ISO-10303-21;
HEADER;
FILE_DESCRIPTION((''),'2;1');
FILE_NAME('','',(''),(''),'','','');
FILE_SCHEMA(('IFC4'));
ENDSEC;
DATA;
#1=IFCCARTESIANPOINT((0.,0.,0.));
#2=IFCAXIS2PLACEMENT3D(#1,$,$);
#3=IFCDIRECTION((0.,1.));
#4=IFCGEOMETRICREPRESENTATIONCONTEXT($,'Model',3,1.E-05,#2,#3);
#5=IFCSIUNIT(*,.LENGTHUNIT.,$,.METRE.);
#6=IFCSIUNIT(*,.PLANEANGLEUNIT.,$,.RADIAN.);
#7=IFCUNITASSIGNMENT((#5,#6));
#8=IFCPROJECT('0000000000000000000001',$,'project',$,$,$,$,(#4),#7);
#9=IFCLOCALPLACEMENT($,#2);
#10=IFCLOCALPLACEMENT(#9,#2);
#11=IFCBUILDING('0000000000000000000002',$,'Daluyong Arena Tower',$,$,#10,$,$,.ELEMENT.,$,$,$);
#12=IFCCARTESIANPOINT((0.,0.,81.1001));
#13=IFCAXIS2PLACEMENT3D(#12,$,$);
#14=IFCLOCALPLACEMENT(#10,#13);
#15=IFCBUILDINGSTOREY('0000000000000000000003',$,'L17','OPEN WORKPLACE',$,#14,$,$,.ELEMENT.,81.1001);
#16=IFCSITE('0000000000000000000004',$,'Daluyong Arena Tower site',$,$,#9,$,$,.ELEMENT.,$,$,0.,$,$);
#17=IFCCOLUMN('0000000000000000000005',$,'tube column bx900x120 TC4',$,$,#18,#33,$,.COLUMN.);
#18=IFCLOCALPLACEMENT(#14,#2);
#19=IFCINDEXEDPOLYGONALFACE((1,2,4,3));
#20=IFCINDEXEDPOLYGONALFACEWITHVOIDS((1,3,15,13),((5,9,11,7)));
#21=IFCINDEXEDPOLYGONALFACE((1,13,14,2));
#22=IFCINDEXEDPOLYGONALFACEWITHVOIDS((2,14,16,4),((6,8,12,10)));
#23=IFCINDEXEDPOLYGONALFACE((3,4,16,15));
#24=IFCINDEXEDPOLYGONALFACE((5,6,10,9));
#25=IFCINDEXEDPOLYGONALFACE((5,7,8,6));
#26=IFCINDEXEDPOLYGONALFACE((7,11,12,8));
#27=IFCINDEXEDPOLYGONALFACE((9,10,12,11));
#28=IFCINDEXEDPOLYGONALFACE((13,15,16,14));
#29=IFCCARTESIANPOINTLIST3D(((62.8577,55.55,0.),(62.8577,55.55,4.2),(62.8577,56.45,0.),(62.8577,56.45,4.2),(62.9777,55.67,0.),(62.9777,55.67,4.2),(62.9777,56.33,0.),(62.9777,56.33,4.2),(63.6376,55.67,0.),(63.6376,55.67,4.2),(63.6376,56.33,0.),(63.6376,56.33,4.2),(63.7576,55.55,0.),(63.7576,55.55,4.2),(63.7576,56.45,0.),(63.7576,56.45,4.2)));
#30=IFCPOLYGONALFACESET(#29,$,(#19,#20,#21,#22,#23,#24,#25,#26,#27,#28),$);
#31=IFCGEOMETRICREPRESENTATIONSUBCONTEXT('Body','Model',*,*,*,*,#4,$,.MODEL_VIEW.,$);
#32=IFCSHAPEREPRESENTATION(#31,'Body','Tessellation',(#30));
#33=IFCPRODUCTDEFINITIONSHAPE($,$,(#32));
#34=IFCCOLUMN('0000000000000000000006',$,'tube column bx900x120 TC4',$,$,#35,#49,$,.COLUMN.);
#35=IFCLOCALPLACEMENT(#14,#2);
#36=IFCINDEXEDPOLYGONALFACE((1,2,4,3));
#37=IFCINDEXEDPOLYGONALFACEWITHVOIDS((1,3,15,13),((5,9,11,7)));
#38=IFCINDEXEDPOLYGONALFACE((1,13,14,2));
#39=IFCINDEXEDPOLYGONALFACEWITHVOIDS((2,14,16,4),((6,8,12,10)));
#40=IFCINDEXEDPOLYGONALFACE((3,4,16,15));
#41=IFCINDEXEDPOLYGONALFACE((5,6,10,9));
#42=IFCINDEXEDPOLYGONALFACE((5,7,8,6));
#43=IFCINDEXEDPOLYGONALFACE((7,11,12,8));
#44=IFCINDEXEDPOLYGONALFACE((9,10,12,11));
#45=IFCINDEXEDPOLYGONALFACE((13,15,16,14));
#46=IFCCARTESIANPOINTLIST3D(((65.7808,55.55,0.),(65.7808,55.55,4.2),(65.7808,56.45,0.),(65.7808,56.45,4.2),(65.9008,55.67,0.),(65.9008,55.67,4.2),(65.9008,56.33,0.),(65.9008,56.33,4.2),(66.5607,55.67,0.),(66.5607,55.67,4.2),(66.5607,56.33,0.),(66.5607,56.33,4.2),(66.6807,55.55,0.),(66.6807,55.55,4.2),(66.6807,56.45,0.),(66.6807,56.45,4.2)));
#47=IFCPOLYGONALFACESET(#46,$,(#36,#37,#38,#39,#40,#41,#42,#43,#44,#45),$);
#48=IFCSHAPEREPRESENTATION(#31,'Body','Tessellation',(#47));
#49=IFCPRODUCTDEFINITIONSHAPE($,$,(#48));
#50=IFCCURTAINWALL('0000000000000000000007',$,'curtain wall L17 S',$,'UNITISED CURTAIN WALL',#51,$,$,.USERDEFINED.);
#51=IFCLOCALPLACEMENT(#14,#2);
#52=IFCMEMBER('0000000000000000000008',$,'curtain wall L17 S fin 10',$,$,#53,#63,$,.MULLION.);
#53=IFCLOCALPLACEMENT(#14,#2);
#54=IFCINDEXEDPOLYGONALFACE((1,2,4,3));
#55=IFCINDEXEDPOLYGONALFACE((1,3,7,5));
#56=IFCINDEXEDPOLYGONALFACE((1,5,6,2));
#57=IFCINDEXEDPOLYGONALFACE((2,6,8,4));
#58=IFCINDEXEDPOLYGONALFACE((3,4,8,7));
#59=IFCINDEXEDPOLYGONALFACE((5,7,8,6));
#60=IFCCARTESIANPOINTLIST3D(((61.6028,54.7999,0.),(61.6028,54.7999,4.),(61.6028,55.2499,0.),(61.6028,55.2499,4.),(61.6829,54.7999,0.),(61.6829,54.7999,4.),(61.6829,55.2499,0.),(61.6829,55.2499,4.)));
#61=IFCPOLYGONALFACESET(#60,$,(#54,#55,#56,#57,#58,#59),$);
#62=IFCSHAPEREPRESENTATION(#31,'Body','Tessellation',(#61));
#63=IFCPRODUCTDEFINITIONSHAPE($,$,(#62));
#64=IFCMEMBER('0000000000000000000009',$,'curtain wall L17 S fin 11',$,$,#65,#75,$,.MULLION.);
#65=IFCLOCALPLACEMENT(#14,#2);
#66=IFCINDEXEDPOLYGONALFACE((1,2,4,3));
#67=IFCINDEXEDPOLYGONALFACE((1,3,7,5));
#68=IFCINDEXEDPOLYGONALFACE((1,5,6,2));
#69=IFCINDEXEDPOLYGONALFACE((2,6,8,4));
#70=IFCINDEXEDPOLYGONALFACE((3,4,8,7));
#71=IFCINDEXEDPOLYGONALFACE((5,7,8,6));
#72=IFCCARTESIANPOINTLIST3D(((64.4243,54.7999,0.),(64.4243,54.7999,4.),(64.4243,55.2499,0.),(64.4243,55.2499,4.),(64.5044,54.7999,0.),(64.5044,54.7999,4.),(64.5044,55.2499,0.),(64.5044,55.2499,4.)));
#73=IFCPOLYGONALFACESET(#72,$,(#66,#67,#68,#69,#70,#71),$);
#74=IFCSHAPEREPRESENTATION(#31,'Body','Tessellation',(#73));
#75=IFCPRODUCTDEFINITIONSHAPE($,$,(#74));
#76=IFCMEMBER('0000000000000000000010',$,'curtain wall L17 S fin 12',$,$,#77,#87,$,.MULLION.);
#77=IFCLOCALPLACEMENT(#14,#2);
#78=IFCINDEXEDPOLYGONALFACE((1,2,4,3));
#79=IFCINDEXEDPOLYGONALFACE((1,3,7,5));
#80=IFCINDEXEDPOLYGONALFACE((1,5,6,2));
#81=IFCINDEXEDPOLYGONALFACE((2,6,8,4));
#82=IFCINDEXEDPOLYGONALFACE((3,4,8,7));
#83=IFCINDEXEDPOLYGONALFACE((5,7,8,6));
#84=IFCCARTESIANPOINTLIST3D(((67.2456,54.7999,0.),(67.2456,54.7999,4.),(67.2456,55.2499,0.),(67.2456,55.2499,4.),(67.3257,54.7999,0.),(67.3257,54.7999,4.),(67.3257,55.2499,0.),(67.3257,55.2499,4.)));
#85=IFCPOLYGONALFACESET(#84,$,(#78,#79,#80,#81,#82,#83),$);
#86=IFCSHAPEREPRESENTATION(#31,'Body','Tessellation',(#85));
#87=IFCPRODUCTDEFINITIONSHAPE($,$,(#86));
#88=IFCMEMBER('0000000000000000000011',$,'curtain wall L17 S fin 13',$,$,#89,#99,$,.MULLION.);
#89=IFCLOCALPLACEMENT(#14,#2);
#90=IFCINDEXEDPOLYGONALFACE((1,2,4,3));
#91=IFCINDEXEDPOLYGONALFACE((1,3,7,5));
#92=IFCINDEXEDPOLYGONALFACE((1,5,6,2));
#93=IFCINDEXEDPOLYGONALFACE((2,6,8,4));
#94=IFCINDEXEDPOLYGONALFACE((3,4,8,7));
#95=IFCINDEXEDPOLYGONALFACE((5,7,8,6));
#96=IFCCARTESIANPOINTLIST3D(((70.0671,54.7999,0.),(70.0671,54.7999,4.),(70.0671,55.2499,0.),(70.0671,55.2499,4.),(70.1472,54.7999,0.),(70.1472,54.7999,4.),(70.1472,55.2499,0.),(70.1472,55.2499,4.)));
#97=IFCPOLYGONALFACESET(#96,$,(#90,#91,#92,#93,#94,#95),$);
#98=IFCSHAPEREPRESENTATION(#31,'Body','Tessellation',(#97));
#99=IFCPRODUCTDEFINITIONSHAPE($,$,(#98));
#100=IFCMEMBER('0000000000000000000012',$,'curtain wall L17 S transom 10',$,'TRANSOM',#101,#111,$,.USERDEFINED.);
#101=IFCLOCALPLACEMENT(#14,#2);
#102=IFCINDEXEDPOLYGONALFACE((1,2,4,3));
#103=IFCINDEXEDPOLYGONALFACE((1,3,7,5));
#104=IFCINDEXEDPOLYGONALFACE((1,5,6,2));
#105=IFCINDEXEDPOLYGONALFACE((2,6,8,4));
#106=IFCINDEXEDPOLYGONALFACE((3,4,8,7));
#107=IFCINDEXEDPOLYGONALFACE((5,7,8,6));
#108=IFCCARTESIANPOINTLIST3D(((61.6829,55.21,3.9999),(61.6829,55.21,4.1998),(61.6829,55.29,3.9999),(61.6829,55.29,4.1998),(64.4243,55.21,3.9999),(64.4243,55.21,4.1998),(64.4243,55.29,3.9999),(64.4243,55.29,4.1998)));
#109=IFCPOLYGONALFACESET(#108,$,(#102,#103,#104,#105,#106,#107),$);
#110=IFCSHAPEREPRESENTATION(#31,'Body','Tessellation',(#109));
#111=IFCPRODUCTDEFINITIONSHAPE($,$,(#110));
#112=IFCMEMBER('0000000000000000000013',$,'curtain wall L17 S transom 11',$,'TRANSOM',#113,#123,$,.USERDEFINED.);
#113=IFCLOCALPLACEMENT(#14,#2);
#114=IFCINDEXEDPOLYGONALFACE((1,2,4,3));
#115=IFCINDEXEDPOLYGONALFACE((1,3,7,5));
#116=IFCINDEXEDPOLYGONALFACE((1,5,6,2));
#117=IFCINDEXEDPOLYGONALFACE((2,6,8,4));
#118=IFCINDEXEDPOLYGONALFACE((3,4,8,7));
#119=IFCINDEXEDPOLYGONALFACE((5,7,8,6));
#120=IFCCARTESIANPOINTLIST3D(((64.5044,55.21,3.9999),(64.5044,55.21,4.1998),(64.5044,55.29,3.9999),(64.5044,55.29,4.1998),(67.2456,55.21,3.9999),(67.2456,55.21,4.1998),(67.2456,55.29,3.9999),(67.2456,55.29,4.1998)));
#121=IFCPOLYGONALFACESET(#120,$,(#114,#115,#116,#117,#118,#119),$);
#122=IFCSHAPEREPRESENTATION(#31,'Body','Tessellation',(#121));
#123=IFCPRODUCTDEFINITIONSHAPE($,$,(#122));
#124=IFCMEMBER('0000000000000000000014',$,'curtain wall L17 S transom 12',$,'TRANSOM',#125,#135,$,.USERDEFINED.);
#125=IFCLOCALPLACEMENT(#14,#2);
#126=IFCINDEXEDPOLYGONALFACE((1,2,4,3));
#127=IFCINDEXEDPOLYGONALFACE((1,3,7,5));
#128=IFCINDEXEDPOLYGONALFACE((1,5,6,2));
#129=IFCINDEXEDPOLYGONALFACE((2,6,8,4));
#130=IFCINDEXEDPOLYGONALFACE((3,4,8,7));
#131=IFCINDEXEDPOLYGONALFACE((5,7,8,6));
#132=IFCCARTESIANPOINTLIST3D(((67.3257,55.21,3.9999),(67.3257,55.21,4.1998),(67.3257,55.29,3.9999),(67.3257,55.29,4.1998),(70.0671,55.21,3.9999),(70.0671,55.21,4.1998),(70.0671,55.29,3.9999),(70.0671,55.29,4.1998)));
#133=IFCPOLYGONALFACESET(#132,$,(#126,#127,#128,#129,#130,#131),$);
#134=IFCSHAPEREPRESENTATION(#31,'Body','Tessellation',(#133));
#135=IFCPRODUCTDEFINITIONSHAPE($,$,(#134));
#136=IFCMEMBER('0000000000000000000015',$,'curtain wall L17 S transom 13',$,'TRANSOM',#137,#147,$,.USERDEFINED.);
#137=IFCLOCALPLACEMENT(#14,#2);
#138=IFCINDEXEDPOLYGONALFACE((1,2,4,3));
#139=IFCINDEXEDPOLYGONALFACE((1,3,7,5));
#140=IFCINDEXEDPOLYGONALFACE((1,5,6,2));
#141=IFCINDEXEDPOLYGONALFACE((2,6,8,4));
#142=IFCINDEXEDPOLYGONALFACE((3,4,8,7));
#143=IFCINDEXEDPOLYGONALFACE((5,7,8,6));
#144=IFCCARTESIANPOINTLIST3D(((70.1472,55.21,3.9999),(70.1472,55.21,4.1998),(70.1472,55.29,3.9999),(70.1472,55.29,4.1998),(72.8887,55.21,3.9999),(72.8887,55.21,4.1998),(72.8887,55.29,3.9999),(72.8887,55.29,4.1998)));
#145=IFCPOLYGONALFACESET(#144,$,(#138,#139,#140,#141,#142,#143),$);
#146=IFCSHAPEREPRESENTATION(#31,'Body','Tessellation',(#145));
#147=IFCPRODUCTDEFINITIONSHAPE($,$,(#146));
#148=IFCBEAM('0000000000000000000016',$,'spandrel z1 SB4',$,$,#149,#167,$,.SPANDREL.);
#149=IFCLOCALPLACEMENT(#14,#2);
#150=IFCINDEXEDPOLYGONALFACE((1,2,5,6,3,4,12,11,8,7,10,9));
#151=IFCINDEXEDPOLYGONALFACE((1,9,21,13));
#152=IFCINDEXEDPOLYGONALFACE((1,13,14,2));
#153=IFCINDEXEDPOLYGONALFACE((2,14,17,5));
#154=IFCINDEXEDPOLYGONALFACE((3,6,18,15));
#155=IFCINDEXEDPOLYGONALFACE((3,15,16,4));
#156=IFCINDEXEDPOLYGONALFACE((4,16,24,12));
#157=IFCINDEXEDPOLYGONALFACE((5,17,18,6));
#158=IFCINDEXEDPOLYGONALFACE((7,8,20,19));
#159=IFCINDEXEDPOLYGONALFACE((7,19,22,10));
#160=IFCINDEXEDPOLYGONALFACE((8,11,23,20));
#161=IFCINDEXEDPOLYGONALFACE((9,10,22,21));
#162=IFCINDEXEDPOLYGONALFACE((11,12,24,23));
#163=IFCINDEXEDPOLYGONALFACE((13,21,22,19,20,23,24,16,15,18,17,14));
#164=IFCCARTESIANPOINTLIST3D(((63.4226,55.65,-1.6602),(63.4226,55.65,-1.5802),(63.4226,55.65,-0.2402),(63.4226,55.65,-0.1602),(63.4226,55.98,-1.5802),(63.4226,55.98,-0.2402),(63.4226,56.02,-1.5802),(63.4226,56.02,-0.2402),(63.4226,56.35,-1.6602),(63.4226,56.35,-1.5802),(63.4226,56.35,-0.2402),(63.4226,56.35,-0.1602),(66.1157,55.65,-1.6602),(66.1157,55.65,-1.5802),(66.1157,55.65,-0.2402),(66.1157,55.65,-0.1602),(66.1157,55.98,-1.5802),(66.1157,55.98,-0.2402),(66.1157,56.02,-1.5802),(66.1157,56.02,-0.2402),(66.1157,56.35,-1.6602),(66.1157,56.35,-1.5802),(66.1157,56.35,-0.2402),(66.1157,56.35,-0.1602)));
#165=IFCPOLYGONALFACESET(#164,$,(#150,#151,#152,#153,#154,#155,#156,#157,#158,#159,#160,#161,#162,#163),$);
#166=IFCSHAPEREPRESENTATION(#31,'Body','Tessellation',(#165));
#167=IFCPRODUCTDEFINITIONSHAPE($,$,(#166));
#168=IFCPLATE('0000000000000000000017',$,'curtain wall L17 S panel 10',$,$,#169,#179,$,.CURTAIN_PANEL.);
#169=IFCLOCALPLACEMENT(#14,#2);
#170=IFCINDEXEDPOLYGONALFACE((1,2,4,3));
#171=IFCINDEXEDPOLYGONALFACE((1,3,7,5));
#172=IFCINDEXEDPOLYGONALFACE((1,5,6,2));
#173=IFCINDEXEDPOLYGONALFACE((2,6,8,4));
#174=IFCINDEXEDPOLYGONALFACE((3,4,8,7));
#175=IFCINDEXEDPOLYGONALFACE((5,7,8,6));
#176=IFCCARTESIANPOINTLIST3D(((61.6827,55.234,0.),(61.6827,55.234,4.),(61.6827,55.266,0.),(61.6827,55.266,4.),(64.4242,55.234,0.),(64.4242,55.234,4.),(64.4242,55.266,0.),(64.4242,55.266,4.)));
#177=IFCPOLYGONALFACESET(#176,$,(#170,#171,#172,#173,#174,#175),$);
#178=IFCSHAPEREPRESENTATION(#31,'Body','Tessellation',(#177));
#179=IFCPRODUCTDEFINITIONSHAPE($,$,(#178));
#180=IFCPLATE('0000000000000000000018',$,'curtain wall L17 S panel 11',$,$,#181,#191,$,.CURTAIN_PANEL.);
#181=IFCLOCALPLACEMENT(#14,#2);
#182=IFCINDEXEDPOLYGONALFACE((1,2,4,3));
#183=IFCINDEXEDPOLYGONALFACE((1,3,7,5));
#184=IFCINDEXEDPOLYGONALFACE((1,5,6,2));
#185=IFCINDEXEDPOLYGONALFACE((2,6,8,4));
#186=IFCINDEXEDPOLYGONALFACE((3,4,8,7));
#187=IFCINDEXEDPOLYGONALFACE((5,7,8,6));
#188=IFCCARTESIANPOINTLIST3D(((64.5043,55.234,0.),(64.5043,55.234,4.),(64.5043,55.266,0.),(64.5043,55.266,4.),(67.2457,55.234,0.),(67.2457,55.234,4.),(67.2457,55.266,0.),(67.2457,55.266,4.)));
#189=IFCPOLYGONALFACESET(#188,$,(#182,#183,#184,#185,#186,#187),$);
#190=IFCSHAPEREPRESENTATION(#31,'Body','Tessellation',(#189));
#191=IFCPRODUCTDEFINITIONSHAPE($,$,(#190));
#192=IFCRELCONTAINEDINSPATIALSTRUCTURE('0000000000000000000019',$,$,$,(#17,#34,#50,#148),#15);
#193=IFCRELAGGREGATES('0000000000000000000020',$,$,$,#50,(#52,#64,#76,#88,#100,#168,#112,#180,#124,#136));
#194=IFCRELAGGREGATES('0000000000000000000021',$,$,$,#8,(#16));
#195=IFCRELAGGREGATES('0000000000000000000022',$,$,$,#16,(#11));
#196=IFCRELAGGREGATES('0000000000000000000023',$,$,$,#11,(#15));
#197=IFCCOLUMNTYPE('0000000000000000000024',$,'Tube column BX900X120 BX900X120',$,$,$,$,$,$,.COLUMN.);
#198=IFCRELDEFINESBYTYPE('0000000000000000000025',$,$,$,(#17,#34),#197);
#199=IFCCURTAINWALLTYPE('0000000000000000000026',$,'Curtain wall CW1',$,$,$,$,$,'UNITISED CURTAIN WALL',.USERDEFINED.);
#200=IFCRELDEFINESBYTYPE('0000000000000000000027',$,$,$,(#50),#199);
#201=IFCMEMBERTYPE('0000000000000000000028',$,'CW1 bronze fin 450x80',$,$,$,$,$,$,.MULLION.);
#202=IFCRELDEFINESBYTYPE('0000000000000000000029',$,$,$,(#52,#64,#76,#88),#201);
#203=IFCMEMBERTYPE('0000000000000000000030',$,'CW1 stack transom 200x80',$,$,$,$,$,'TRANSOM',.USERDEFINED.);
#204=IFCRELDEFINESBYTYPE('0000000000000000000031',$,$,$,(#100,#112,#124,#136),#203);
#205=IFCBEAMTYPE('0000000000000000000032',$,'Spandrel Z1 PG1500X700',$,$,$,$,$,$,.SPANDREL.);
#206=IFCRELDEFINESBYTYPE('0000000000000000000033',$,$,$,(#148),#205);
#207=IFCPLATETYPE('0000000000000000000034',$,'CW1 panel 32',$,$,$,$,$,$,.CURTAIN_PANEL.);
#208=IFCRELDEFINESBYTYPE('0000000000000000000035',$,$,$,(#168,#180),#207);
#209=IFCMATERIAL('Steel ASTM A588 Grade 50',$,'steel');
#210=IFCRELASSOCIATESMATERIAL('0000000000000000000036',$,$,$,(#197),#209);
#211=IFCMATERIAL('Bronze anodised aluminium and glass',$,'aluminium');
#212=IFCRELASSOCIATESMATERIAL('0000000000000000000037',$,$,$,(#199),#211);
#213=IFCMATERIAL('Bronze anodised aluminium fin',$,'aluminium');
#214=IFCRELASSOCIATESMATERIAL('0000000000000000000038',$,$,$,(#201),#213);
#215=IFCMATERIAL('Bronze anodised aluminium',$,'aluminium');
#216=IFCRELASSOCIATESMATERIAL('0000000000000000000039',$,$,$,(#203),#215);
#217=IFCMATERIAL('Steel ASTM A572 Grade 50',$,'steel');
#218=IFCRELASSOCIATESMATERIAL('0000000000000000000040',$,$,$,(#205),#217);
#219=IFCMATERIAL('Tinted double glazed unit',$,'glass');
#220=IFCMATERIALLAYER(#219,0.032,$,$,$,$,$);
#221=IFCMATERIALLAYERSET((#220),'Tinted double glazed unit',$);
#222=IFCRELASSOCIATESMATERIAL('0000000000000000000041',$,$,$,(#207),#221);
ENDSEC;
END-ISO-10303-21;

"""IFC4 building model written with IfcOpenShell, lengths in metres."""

from ifc_helpers import new_model, si_unit, direction, frame, origin, origin_2d, place, context, subcontext, project, spatial, rectangle, hollow_rectangle, i_section, extrude, material, layer, layer_set, material_profile, profile_set, type_object, element, aggregate, save


model = new_model("IFC4")

# Units and contexts
model_context = context("Model", 3, precision=1e-05, world=origin(), true_north=direction((0.0, 1.0)))
body_context = subcontext(model_context, "Body", "Model", "MODEL_VIEW")
ifc_project = project(units=[si_unit("LENGTHUNIT", "METRE"), si_unit("PLANEANGLEUNIT", "RADIAN")], contexts=[model_context])

# Site, building, storey
site_placement = place(None, origin())
site = spatial("IfcSite", under=ifc_project, at=site_placement, Name="Daluyong Arena Tower site", CompositionType="ELEMENT", RefElevation=0.0)
building_placement = place(site_placement, origin())
building = spatial("IfcBuilding", under=site, at=building_placement, Name="Daluyong Arena Tower", CompositionType="ELEMENT")
storey_placement = place(building_placement, frame((0.0, 0.0, 81.1001)))
storey = spatial("IfcBuildingStorey", under=building, at=storey_placement, Name="L17", Description="OPEN WORKPLACE", CompositionType="ELEMENT", Elevation=81.1001)

# Columns
ifc_material_1 = material(Name="Steel ASTM A588 Grade 50", Category="steel")
ifc_material_profile_1 = material_profile(ifc_material_1, hollow_rectangle(XDim=0.8999, YDim=0.8999, WallThickness=0.12, at=origin_2d()))
ifc_profile_set_1 = profile_set([ifc_material_profile_1], Name="Steel ASTM A588 Grade 50")
column_type = type_object("IfcColumnType", Name="Tube column BX900X120 BX900X120", PredefinedType="COLUMN", material=ifc_profile_set_1)
for number, where, z_axis, x_axis, name in (
    (1, (63.3076, 56.0, 0.0), (0.0, 0.0, 1.0), (1.0, 0.0, 0.0), "tube column bx900x120 TC4"),
    (2, (66.2307, 56.0, 0.0), (0.0, 0.0, 1.0), (1.0, 0.0, 0.0), "tube column bx900x120 TC4"),
):
    element("IfcColumn", number, at=place(storey_placement, frame(where, z_axis=z_axis, x_axis=x_axis)), inside=storey, type_object=column_type, Name=name, PredefinedType="COLUMN", context=body_context, shape_type="SweptSolid", body=[
        extrude(hollow_rectangle(XDim=0.8999, YDim=0.8999, WallThickness=0.12, at=origin_2d()), origin(), (0.0, 0.0, 1.0), 4.2),
    ])

# Curtain wall, members
ifc_material_2 = material(Name="Bronze anodised aluminium and glass", Category="aluminium")
curtain_wall_type = type_object("IfcCurtainWallType", Name="Curtain wall CW1", ElementType="UNITISED CURTAIN WALL", PredefinedType="USERDEFINED", material=ifc_material_2)
curtain_wall_placement = place(storey_placement, origin())
curtain_wall = element("IfcCurtainWall", 3, at=curtain_wall_placement, inside=storey, type_object=curtain_wall_type, Name="curtain wall L17 S", ObjectType="UNITISED CURTAIN WALL", PredefinedType="USERDEFINED")
ifc_material_3 = material(Name="Bronze anodised aluminium fin", Category="aluminium")
ifc_material_profile_2 = material_profile(ifc_material_3, rectangle(XDim=0.45, YDim=0.0801, at=origin_2d()))
ifc_profile_set_2 = profile_set([ifc_material_profile_2], Name="Bronze anodised aluminium fin")
member_type_1 = type_object("IfcMemberType", Name="CW1 bronze fin 450x80", PredefinedType="MULLION", material=ifc_profile_set_2)
member_1_placement = place(storey_placement, frame((61.6428, 55.0249, 0.0), z_axis=(0.0, 0.0, 1.0), x_axis=(0.0, 1.0, 0.0)))
member_1 = element("IfcMember", 4, at=member_1_placement, type_object=member_type_1, Name="curtain wall L17 S fin 10", PredefinedType="MULLION", context=body_context, shape_type="SweptSolid", body=[
    extrude(rectangle(XDim=0.45, YDim=0.0801, at=origin_2d()), origin(), (0.0, 0.0, 1.0), 4.0),
])
member_2_placement = place(storey_placement, frame((64.4644, 55.0249, 0.0), z_axis=(0.0, 0.0, 1.0), x_axis=(0.0, 1.0, 0.0)))
member_2 = element("IfcMember", 5, at=member_2_placement, type_object=member_type_1, Name="curtain wall L17 S fin 11", PredefinedType="MULLION", context=body_context, shape_type="SweptSolid", body=[
    extrude(rectangle(XDim=0.45, YDim=0.0801, at=origin_2d()), origin(), (0.0, 0.0, 1.0), 4.0),
])
member_3_placement = place(storey_placement, frame((67.2856, 55.0249, 0.0), z_axis=(0.0, 0.0, 1.0), x_axis=(0.0, 1.0, 0.0)))
member_3 = element("IfcMember", 6, at=member_3_placement, type_object=member_type_1, Name="curtain wall L17 S fin 12", PredefinedType="MULLION", context=body_context, shape_type="SweptSolid", body=[
    extrude(rectangle(XDim=0.45, YDim=0.0801, at=origin_2d()), origin(), (0.0, 0.0, 1.0), 4.0),
])
member_4_placement = place(storey_placement, frame((70.1072, 55.0249, 0.0), z_axis=(0.0, 0.0, 1.0), x_axis=(0.0, 1.0, 0.0)))
member_4 = element("IfcMember", 7, at=member_4_placement, type_object=member_type_1, Name="curtain wall L17 S fin 13", PredefinedType="MULLION", context=body_context, shape_type="SweptSolid", body=[
    extrude(rectangle(XDim=0.45, YDim=0.0801, at=origin_2d()), origin(), (0.0, 0.0, 1.0), 4.0),
])
ifc_material_4 = material(Name="Bronze anodised aluminium", Category="aluminium")
ifc_material_profile_3 = material_profile(ifc_material_4, rectangle(XDim=0.0801, YDim=0.2, at=origin_2d()))
ifc_profile_set_3 = profile_set([ifc_material_profile_3], Name="Bronze anodised aluminium")
member_type_2 = type_object("IfcMemberType", Name="CW1 stack transom 200x80", ElementType="TRANSOM", PredefinedType="USERDEFINED", material=ifc_profile_set_3)
member_5_placement = place(storey_placement, frame((61.6829, 55.25, 4.0999), z_axis=(1.0, 0.0, 0.0), x_axis=(0.0, 1.0, 0.0)))
member_5 = element("IfcMember", 8, at=member_5_placement, type_object=member_type_2, Name="curtain wall L17 S transom 10", ObjectType="TRANSOM", PredefinedType="USERDEFINED", context=body_context, shape_type="SweptSolid", body=[
    extrude(rectangle(XDim=0.0801, YDim=0.2, at=origin_2d()), origin(), (0.0, 0.0, 1.0), 2.7415),
])
member_6_placement = place(storey_placement, frame((64.5044, 55.25, 4.0999), z_axis=(1.0, 0.0, 0.0), x_axis=(0.0, 1.0, 0.0)))
member_6 = element("IfcMember", 9, at=member_6_placement, type_object=member_type_2, Name="curtain wall L17 S transom 11", ObjectType="TRANSOM", PredefinedType="USERDEFINED", context=body_context, shape_type="SweptSolid", body=[
    extrude(rectangle(XDim=0.0801, YDim=0.2, at=origin_2d()), origin(), (0.0, 0.0, 1.0), 2.7412),
])
member_7_placement = place(storey_placement, frame((67.3257, 55.25, 4.0999), z_axis=(1.0, 0.0, 0.0), x_axis=(0.0, 1.0, 0.0)))
member_7 = element("IfcMember", 10, at=member_7_placement, type_object=member_type_2, Name="curtain wall L17 S transom 12", ObjectType="TRANSOM", PredefinedType="USERDEFINED", context=body_context, shape_type="SweptSolid", body=[
    extrude(rectangle(XDim=0.0801, YDim=0.2, at=origin_2d()), origin(), (0.0, 0.0, 1.0), 2.7415),
])
member_8_placement = place(storey_placement, frame((70.1472, 55.25, 4.0999), z_axis=(1.0, 0.0, 0.0), x_axis=(0.0, 1.0, 0.0)))
member_8 = element("IfcMember", 11, at=member_8_placement, type_object=member_type_2, Name="curtain wall L17 S transom 13", ObjectType="TRANSOM", PredefinedType="USERDEFINED", context=body_context, shape_type="SweptSolid", body=[
    extrude(rectangle(XDim=0.0801, YDim=0.2, at=origin_2d()), origin(), (0.0, 0.0, 1.0), 2.7415),
])

# Beam
ifc_material_5 = material(Name="Steel ASTM A572 Grade 50", Category="steel")
ifc_material_profile_4 = material_profile(ifc_material_5, i_section(OverallWidth=0.7, OverallDepth=1.5, WebThickness=0.04, FlangeThickness=0.08, at=origin_2d()))
ifc_profile_set_4 = profile_set([ifc_material_profile_4], Name="Steel ASTM A572 Grade 50")
beam_type = type_object("IfcBeamType", Name="Spandrel Z1 PG1500X700", PredefinedType="SPANDREL", material=ifc_profile_set_4)
beam_placement = place(storey_placement, frame((63.4226, 56.0, -0.9102), z_axis=(1.0, 0.0, 0.0), x_axis=(0.0, 1.0, 0.0)))
element("IfcBeam", 12, at=beam_placement, inside=storey, type_object=beam_type, Name="spandrel z1 SB4", PredefinedType="SPANDREL", context=body_context, shape_type="SweptSolid", body=[
    extrude(i_section(OverallWidth=0.7, OverallDepth=1.5, WebThickness=0.04, FlangeThickness=0.08, at=origin_2d()), origin(), (0.0, 0.0, 1.0), 2.6931),
])

# Plates
ifc_material_6 = material(Name="Tinted double glazed unit", Category="glass")
ifc_layer = layer(ifc_material_6, 0.032)
ifc_layer_set = layer_set([ifc_layer], Name="Tinted double glazed unit")
plate_type = type_object("IfcPlateType", Name="CW1 panel 32", PredefinedType="CURTAIN_PANEL", material=ifc_layer_set)
plate_1_placement = place(storey_placement, frame((63.0535, 55.25, 0.0), z_axis=(0.0, 0.0, 1.0), x_axis=(1.0, 0.0, 0.0)))
plate_1 = element("IfcPlate", 13, at=plate_1_placement, type_object=plate_type, Name="curtain wall L17 S panel 10", PredefinedType="CURTAIN_PANEL", context=body_context, shape_type="SweptSolid", body=[
    extrude(rectangle(XDim=2.7415, YDim=0.032, at=origin_2d()), origin(), (0.0, 0.0, 1.0), 4.0),
])
plate_2_placement = place(storey_placement, frame((65.875, 55.25, 0.0), z_axis=(0.0, 0.0, 1.0), x_axis=(1.0, 0.0, 0.0)))
plate_2 = element("IfcPlate", 14, at=plate_2_placement, type_object=plate_type, Name="curtain wall L17 S panel 11", PredefinedType="CURTAIN_PANEL", context=body_context, shape_type="SweptSolid", body=[
    extrude(rectangle(XDim=2.7415, YDim=0.032, at=origin_2d()), origin(), (0.0, 0.0, 1.0), 4.0),
])
aggregate(curtain_wall, [member_1, member_2, member_3, member_4, member_5, plate_1, member_6, plate_2, member_7, member_8])

save(model, "model.ifc")
